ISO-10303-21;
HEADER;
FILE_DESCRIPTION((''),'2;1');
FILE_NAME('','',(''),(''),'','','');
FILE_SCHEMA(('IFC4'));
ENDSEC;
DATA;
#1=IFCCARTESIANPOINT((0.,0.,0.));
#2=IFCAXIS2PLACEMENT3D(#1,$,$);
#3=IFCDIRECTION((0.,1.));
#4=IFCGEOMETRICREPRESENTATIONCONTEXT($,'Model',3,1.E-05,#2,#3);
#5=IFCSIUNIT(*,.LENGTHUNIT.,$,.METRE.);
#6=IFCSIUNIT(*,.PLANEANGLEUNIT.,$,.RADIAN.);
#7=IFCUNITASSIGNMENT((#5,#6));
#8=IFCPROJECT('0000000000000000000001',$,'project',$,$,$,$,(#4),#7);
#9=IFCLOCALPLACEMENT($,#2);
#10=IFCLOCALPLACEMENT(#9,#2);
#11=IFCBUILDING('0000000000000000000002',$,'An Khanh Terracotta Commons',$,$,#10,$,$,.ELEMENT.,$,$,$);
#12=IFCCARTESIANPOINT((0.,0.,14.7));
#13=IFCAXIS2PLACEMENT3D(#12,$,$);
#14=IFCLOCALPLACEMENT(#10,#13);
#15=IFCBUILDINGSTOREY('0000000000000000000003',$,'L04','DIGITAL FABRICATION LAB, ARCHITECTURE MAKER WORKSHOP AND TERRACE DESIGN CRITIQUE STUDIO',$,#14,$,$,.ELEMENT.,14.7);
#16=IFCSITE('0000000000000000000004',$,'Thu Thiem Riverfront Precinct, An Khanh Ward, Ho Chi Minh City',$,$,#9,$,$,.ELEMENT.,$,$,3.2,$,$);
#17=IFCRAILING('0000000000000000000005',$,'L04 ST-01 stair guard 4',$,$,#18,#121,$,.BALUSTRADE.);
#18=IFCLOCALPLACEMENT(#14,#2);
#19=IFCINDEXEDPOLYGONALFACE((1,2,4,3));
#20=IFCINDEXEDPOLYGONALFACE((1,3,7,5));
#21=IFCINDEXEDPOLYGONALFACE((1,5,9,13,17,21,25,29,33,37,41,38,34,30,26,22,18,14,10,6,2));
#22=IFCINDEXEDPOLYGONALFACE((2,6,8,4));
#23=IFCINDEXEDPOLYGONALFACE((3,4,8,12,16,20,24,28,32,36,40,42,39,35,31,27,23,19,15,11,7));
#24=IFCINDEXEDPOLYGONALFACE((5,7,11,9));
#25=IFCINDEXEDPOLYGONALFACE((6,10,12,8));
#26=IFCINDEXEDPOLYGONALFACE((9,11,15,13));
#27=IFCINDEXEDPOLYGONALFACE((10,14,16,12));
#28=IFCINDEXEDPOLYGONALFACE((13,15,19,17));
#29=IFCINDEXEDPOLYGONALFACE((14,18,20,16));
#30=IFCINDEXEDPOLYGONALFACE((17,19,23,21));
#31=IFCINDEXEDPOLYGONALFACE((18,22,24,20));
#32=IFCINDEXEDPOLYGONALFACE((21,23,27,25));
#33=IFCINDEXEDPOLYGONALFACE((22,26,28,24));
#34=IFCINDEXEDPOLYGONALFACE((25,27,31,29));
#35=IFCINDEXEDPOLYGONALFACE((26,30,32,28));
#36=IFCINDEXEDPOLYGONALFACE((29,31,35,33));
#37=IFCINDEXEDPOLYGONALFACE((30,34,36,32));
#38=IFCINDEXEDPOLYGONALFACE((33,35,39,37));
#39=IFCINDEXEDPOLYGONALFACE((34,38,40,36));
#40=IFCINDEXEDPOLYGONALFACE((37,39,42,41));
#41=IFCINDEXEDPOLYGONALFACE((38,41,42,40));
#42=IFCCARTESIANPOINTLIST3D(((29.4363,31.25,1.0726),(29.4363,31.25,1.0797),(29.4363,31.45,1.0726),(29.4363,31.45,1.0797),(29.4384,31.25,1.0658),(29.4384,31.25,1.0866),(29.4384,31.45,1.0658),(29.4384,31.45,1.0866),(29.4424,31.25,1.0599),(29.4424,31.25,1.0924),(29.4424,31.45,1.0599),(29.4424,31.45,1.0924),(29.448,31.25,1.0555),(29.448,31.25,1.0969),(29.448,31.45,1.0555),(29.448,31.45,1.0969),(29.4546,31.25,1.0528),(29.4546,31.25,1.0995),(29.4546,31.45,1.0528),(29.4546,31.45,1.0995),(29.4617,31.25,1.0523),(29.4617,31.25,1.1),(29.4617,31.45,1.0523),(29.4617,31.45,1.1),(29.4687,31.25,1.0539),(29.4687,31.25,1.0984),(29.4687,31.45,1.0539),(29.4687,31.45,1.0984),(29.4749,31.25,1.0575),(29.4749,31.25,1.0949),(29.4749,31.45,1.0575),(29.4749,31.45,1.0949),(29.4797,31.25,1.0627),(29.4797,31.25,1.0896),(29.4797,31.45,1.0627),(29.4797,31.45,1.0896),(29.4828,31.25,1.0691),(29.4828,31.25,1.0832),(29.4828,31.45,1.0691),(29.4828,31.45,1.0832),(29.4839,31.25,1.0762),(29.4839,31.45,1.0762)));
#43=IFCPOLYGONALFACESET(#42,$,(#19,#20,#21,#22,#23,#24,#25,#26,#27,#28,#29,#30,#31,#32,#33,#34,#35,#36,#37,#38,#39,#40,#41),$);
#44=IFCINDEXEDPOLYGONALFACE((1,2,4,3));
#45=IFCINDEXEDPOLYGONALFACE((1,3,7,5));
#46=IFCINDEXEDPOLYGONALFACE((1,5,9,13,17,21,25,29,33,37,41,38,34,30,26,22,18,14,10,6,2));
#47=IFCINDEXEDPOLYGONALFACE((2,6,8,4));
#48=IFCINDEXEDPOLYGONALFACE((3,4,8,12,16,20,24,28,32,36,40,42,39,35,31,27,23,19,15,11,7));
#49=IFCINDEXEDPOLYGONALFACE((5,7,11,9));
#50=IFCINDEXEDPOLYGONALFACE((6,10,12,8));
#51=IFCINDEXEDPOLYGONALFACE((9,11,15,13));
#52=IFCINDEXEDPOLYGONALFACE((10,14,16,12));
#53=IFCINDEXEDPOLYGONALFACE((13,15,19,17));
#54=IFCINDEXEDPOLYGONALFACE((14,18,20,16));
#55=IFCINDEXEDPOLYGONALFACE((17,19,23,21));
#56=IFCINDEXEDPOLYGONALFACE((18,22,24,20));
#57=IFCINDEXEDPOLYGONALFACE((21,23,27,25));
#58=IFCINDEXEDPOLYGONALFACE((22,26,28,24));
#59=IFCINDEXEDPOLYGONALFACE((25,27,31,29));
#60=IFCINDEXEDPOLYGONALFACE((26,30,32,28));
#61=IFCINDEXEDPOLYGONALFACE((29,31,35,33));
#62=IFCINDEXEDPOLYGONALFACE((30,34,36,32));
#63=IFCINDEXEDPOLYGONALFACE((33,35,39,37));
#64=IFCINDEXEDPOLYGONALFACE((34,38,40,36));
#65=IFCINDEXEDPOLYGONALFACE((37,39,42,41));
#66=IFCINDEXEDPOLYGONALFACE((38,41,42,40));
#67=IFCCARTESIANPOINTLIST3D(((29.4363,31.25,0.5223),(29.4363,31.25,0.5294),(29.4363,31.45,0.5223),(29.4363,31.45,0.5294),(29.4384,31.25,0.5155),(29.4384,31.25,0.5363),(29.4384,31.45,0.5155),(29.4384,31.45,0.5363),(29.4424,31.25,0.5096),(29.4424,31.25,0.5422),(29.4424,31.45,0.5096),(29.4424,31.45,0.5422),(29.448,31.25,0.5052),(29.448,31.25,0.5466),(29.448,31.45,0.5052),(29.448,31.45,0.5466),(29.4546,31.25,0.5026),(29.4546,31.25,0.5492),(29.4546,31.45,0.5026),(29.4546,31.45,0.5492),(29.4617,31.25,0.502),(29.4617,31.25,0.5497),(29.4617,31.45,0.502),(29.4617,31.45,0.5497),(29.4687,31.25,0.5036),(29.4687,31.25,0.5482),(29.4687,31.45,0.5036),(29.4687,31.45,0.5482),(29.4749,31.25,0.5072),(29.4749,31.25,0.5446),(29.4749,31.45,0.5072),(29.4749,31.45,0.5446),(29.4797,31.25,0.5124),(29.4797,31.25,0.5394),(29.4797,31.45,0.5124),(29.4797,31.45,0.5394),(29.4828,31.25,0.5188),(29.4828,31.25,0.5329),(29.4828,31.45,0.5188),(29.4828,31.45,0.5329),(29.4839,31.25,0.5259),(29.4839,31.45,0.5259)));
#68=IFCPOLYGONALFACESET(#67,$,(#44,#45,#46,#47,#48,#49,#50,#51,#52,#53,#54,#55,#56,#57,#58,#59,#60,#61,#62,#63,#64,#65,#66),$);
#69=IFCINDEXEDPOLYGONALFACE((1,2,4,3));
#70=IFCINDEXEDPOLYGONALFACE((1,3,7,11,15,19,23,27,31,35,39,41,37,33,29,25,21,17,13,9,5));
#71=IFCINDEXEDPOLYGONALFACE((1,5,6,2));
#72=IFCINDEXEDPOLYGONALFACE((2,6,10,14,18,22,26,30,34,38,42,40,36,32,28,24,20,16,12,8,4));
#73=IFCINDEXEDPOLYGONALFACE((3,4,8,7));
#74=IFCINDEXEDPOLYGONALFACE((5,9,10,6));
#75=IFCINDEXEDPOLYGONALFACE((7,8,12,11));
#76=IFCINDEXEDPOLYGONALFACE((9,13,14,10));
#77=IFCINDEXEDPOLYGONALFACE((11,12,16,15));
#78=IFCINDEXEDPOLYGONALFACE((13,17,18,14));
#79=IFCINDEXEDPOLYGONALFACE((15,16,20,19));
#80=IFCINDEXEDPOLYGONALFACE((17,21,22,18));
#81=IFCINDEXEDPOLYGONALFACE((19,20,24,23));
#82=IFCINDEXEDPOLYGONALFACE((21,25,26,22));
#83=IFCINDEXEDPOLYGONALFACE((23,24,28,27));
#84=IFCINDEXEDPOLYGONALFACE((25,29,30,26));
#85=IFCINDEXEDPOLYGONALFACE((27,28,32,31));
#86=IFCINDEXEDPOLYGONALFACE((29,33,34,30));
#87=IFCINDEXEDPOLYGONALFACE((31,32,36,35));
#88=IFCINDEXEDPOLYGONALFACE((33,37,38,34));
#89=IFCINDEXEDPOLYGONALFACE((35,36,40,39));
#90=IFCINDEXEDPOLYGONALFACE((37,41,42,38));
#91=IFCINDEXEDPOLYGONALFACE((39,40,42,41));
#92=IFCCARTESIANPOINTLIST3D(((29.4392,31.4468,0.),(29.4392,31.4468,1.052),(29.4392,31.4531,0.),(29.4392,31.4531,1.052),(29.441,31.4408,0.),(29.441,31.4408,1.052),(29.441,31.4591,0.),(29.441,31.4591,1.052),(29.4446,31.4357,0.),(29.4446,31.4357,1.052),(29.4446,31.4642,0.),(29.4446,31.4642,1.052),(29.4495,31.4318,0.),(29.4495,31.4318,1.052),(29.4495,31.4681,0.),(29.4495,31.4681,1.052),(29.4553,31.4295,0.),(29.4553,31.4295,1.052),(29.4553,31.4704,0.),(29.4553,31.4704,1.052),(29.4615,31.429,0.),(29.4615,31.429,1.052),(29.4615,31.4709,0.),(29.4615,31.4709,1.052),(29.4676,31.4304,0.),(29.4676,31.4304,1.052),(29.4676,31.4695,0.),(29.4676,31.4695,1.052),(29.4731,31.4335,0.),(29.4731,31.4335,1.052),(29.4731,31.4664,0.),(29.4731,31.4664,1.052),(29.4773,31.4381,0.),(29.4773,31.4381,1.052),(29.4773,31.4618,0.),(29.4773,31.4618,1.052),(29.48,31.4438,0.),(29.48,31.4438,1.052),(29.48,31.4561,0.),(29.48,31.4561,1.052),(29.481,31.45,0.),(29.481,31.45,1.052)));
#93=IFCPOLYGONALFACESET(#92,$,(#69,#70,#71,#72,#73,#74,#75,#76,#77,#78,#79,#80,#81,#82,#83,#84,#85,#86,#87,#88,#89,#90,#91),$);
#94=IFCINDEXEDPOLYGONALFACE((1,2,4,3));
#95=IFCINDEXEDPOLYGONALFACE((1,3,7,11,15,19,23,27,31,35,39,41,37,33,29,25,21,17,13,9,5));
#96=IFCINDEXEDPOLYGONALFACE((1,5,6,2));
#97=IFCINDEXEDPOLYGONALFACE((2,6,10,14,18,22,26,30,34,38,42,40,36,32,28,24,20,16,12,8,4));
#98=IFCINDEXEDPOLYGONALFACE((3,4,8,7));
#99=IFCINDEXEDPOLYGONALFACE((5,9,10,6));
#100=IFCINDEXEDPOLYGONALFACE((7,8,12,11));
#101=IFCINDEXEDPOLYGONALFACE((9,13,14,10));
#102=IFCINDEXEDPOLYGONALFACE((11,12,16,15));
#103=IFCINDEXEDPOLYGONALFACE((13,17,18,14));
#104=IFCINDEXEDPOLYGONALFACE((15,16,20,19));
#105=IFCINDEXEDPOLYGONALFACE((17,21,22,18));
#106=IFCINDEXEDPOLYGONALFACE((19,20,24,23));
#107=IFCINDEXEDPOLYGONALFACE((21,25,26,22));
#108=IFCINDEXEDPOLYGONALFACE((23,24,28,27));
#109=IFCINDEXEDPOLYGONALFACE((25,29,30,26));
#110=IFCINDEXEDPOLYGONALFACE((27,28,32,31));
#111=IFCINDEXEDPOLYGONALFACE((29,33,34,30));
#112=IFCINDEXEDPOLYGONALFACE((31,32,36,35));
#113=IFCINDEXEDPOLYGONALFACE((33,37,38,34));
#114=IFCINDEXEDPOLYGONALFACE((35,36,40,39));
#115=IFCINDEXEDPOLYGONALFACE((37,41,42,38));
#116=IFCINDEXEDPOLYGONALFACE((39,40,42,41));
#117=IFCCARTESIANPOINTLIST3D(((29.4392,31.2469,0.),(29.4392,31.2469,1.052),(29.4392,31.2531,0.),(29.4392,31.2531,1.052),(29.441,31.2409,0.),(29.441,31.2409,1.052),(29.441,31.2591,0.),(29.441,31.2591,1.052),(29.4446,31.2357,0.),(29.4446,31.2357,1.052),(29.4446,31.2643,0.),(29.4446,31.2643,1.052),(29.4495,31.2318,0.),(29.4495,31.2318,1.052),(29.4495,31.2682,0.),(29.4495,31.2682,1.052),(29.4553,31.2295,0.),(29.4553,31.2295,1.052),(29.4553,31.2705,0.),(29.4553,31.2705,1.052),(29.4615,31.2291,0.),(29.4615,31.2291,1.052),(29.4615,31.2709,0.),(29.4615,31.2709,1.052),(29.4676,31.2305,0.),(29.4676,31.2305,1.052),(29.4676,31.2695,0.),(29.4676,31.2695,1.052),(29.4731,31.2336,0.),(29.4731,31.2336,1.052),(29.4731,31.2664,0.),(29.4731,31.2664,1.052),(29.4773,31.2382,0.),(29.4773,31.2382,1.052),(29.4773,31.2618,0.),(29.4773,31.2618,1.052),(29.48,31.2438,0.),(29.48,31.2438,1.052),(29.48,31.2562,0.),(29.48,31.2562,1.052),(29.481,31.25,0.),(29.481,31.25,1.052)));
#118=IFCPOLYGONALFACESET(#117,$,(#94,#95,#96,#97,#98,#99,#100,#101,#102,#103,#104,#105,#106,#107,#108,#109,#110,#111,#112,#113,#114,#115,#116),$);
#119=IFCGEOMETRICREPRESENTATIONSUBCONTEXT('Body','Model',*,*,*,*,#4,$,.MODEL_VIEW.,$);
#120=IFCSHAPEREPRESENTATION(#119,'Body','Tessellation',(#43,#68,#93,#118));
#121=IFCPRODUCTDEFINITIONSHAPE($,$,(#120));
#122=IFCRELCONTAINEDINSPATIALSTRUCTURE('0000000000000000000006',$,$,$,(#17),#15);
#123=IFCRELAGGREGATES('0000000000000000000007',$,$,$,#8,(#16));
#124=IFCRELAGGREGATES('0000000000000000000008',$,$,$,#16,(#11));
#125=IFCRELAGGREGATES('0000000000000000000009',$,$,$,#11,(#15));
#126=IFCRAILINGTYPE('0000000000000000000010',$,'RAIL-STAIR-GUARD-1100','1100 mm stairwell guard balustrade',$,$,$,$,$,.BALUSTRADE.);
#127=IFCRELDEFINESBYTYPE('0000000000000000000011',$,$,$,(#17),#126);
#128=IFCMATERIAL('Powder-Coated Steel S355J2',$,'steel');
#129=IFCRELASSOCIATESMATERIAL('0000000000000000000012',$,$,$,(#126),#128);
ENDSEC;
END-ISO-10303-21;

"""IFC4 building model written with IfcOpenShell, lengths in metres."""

from ifc_helpers import new_model, si_unit, direction, frame, origin, origin_2d, place, context, subcontext, project, spatial, circle, extrude, material, type_object, element, save


model = new_model("IFC4")

# Units and contexts
model_context = context("Model", 3, precision=1e-05, world=origin(), true_north=direction((0.0, 1.0)))
body_context = subcontext(model_context, "Body", "Model", "MODEL_VIEW")
ifc_project = project(units=[si_unit("LENGTHUNIT", "METRE"), si_unit("PLANEANGLEUNIT", "RADIAN")], contexts=[model_context])

# Site, building, storey
site_placement = place(None, origin())
site = spatial("IfcSite", under=ifc_project, at=site_placement, Name="Thu Thiem Riverfront Precinct, An Khanh Ward, Ho Chi Minh City", CompositionType="ELEMENT", RefElevation=3.2)
building_placement = place(site_placement, origin())
building = spatial("IfcBuilding", under=site, at=building_placement, Name="An Khanh Terracotta Commons", CompositionType="ELEMENT")
storey_placement = place(building_placement, frame((0.0, 0.0, 14.7)))
storey = spatial("IfcBuildingStorey", under=building, at=storey_placement, Name="L04", Description="DIGITAL FABRICATION LAB, ARCHITECTURE MAKER WORKSHOP AND TERRACE DESIGN CRITIQUE STUDIO", CompositionType="ELEMENT", Elevation=14.7)

# Railing
ifc_material_1 = material(Name="Powder-Coated Steel S355J2", Category="steel")
railing_type_1 = type_object("IfcRailingType", Name="RAIL-STAIR-GUARD-1100", Description="1100 mm stairwell guard balustrade", PredefinedType="BALUSTRADE", material=ifc_material_1)
railing_1_placement = place(storey_placement, frame((29.46, 31.45, 0.0)))
element("IfcRailing", 1, at=railing_1_placement, inside=storey, type_object=railing_type_1, Name="L04 ST-01 stair guard 4", PredefinedType="BALUSTRADE", context=body_context, shape_type="SweptSolid", body=[
    extrude(circle(Radius=0.0239, at=origin_2d()), frame((0.0, 0.0, 1.0762), z_axis=(0.0, -1.0, 0.0), x_axis=(1.0, 0.0, 0.0)), (0.0, 0.0, 1.0), 0.2),
    extrude(circle(Radius=0.0239, at=origin_2d()), frame((0.0, 0.0, 0.5259), z_axis=(0.0, -1.0, 0.0), x_axis=(1.0, 0.0, 0.0)), (0.0, 0.0, 1.0), 0.2),
    extrude(circle(Radius=0.021, at=origin_2d()), origin(), (0.0, 0.0, 1.0), 1.052),
    extrude(circle(Radius=0.021, at=origin_2d()), frame((0.0, -0.2, 0.0)), (0.0, 0.0, 1.0), 1.052),
])

save(model, "model.ifc")
